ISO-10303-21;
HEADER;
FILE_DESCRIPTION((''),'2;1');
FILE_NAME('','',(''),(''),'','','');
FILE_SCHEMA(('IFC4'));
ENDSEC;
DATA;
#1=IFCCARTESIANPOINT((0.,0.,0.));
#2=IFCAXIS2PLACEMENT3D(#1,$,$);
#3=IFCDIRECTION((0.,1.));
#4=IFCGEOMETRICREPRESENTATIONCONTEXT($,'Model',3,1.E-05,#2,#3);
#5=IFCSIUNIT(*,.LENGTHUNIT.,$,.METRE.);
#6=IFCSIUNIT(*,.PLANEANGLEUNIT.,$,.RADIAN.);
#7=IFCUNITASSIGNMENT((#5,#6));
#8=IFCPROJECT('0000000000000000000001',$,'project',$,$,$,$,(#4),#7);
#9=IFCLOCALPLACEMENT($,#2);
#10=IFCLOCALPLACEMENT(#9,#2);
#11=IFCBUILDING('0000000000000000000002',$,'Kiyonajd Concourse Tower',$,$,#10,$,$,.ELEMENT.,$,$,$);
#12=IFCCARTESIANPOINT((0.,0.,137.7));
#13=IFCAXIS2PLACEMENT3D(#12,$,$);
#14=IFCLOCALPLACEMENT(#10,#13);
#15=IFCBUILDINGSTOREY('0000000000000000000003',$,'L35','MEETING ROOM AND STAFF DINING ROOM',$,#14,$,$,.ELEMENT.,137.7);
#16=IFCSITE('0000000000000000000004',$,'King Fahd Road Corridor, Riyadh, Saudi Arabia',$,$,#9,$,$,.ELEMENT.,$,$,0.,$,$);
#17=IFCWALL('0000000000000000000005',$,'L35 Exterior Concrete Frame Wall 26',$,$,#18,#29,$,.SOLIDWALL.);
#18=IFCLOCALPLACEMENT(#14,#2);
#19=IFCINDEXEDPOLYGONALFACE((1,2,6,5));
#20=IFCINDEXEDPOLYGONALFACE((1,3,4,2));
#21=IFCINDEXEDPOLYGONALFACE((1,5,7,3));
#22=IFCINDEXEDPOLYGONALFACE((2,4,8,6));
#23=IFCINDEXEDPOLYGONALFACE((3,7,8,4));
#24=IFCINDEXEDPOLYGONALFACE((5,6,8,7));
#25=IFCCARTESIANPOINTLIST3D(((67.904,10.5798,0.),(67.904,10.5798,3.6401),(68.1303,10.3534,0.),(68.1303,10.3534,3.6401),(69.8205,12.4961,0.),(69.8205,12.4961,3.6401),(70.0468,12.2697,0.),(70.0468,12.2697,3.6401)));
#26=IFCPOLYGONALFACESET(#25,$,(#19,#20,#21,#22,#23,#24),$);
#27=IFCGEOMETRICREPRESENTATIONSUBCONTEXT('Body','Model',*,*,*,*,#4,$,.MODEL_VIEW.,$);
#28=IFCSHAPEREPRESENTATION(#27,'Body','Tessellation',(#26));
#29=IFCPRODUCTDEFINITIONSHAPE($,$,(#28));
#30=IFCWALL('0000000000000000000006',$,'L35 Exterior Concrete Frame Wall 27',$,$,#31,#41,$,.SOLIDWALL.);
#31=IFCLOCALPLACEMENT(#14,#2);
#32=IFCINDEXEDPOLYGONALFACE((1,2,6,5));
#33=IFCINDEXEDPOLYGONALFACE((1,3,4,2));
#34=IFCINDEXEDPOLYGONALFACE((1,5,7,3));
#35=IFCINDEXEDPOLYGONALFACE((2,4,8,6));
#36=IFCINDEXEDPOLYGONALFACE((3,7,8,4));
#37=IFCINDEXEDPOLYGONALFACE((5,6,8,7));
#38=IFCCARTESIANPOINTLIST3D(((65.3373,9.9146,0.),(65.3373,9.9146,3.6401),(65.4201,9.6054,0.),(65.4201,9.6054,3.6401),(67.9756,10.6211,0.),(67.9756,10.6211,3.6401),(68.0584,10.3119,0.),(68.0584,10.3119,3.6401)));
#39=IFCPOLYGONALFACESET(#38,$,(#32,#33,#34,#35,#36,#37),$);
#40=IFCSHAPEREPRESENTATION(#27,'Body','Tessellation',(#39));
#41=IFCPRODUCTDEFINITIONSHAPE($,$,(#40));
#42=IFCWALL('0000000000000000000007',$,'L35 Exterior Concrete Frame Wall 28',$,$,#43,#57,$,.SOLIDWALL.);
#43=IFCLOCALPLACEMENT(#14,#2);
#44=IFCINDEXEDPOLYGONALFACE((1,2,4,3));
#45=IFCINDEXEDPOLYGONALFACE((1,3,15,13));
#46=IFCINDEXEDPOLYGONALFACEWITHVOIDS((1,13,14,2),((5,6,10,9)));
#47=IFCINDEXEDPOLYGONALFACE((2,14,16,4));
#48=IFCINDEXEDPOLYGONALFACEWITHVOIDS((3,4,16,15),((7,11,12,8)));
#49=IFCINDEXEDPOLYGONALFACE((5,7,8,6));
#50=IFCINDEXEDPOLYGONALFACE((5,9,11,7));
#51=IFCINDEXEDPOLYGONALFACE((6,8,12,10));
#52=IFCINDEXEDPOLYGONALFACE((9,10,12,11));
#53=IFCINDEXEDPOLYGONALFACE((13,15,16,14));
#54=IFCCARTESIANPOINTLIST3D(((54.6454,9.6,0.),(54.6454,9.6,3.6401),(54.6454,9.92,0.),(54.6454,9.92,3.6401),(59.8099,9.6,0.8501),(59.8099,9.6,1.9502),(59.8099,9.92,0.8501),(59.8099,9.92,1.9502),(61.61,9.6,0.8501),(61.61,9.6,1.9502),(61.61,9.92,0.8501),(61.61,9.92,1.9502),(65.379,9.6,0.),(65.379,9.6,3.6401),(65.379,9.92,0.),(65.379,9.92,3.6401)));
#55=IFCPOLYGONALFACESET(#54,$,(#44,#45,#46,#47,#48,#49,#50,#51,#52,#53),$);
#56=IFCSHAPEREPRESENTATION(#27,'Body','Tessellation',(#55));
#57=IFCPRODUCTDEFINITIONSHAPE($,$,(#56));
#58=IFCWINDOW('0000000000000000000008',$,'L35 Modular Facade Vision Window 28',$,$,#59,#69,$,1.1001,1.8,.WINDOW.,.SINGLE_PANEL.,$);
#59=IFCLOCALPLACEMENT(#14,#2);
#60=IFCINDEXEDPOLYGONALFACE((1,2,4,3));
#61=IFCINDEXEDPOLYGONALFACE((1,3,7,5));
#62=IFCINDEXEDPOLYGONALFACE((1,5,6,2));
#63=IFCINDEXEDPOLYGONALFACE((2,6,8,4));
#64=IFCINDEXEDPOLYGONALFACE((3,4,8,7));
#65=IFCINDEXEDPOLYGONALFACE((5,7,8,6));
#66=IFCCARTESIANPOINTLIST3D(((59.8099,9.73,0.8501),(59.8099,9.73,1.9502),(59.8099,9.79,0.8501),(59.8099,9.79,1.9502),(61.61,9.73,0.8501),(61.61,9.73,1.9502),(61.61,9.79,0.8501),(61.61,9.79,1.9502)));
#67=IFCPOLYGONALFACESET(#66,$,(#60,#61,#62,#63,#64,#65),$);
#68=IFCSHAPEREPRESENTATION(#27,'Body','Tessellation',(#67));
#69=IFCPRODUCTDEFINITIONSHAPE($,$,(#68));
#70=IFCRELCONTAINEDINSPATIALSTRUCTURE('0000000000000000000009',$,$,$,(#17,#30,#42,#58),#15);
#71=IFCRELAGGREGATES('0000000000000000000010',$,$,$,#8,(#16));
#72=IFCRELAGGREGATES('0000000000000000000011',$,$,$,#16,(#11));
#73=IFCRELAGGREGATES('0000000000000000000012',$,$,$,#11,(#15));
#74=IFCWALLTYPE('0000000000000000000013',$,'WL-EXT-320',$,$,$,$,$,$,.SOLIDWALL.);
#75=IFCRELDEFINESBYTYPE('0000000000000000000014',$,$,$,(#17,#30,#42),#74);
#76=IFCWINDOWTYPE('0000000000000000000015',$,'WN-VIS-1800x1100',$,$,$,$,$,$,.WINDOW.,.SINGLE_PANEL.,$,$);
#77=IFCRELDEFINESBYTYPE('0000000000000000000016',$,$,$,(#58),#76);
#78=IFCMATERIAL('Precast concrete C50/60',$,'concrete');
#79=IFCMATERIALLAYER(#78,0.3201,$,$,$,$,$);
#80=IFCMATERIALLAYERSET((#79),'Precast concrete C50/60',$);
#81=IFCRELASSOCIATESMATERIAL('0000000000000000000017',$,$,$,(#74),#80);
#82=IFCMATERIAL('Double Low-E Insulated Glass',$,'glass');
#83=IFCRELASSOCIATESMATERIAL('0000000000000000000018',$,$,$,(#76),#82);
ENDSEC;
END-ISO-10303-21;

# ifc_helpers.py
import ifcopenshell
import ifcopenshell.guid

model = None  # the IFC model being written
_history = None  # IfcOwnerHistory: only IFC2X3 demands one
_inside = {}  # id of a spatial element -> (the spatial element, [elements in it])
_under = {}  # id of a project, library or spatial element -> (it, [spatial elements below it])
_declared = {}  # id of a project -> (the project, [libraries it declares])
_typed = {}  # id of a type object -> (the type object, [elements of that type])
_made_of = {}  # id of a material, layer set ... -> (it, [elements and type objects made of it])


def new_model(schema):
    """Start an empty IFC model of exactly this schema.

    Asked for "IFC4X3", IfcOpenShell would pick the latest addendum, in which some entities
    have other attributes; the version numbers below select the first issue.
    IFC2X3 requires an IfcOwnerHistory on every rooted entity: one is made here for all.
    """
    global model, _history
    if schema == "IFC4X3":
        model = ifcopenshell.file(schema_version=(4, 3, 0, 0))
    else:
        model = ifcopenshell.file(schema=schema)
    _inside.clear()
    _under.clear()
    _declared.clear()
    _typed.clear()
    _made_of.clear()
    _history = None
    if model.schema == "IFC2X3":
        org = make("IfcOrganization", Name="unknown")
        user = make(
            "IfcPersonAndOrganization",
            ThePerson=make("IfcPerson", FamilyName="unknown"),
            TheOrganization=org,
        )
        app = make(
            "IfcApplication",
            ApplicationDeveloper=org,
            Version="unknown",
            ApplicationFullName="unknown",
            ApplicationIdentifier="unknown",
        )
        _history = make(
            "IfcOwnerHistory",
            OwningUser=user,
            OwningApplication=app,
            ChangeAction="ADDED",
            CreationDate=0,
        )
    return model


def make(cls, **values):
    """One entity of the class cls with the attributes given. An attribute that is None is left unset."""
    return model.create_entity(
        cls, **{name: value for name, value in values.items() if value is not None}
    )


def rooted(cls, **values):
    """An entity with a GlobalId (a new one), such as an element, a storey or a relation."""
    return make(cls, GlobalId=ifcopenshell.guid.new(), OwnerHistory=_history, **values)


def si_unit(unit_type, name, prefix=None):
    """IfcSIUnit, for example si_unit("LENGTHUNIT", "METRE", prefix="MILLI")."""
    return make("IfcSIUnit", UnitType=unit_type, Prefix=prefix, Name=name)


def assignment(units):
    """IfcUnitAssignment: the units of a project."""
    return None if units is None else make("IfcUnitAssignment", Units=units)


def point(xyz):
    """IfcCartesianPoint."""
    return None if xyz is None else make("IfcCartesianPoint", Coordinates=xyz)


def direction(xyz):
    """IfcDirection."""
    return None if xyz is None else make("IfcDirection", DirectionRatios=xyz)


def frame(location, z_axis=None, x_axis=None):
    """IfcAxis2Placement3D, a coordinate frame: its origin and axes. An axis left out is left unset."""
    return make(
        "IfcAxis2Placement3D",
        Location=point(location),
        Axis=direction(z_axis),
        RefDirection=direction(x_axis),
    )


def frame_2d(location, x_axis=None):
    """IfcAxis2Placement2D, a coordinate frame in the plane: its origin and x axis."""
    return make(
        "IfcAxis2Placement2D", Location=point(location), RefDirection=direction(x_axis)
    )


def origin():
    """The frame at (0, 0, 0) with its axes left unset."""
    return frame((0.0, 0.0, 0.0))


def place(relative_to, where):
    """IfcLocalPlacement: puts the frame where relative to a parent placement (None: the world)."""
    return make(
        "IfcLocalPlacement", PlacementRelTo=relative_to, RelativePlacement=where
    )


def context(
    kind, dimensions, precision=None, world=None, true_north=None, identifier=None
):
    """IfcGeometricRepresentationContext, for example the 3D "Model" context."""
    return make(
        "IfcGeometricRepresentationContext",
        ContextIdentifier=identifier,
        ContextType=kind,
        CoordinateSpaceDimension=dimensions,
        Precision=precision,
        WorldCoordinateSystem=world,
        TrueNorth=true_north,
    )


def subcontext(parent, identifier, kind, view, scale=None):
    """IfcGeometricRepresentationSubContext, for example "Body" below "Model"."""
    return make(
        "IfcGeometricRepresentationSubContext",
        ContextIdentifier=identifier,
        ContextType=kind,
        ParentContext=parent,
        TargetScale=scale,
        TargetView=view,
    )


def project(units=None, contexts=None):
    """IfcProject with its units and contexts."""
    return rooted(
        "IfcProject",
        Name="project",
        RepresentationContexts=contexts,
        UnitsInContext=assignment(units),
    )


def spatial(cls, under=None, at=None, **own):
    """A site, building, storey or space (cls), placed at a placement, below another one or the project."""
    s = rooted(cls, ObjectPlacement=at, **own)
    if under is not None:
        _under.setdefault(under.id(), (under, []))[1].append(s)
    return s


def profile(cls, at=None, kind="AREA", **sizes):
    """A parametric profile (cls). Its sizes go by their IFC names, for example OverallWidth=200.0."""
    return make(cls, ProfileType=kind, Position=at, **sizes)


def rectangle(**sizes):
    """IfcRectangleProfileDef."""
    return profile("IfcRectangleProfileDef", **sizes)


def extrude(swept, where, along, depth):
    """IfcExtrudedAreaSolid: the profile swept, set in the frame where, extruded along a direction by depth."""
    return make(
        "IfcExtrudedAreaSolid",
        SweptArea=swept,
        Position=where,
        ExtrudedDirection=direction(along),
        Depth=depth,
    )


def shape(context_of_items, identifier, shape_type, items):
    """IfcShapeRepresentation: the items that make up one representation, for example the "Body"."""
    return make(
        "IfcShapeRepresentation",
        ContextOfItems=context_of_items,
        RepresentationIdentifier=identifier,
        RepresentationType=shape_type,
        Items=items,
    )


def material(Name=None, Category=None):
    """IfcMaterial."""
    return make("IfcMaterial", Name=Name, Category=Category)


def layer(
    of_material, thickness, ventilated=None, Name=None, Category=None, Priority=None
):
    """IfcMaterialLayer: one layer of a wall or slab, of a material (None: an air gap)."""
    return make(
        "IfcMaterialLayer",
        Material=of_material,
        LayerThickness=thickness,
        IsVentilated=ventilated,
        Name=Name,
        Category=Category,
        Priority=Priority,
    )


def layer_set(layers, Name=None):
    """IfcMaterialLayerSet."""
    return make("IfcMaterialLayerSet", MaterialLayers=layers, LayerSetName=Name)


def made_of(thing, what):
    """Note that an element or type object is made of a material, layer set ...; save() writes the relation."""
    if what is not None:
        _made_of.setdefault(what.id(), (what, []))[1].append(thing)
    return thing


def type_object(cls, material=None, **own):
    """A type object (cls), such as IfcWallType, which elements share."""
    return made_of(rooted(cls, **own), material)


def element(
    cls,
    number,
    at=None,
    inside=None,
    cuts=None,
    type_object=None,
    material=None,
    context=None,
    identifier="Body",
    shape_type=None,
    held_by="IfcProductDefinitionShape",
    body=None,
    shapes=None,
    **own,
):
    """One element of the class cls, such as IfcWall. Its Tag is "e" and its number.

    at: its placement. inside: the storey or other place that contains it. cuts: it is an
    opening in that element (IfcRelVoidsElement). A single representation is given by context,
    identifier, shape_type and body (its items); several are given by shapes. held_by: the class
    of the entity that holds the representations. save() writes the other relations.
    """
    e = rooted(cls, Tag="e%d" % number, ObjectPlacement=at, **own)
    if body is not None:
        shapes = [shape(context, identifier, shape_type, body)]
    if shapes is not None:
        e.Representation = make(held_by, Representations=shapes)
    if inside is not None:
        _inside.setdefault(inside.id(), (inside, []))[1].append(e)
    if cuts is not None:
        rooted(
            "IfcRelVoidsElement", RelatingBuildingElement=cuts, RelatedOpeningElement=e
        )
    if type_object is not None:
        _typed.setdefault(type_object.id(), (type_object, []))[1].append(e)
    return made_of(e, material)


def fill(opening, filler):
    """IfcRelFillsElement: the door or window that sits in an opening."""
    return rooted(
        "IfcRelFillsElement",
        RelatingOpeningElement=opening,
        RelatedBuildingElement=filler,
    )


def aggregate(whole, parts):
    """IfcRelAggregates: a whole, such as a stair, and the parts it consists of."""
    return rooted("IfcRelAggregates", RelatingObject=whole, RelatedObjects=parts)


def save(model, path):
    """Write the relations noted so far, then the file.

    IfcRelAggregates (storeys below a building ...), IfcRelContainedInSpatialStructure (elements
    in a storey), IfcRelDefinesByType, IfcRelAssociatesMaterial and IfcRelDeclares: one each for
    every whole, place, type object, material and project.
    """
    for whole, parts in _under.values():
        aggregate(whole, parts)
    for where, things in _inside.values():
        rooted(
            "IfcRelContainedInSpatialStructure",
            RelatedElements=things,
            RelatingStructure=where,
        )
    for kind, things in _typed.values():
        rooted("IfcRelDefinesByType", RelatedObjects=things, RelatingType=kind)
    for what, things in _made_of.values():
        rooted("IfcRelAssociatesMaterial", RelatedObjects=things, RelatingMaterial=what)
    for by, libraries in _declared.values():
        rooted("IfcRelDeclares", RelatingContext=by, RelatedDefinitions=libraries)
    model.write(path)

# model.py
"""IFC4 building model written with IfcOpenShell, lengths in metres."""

from ifc_helpers import new_model, si_unit, direction, frame, frame_2d, origin, place, context, subcontext, project, spatial, rectangle, extrude, material, layer, layer_set, type_object, element, fill, save


model = new_model("IFC4")

# Units and contexts
model_context = context("Model", 3, precision=1e-05, world=origin(), true_north=direction((0.0, 1.0)))
body_context = subcontext(model_context, "Body", "Model", "MODEL_VIEW")
ifc_project = project(units=[si_unit("LENGTHUNIT", "METRE"), si_unit("PLANEANGLEUNIT", "RADIAN")], contexts=[model_context])

# Site, building, storey
site_placement = place(None, origin())
site = spatial("IfcSite", under=ifc_project, at=site_placement, Name="King Fahd Road Corridor, Riyadh, Saudi Arabia", CompositionType="ELEMENT", RefElevation=0.0)
building_placement = place(site_placement, origin())
building = spatial("IfcBuilding", under=site, at=building_placement, Name="Kiyonajd Concourse Tower", CompositionType="ELEMENT")
storey_placement = place(building_placement, frame((0.0, 0.0, 137.7)))
storey = spatial("IfcBuildingStorey", under=building, at=storey_placement, Name="L35", Description="MEETING ROOM AND STAFF DINING ROOM", CompositionType="ELEMENT", Elevation=137.7)

# Shared definitions
ifc_material_1 = material(Name="Precast concrete C50/60", Category="concrete")

# Shared definitions
ifc_material_2 = material(Name="Double Low-E Insulated Glass", Category="glass")

# Walls
ifc_layer_1 = layer(ifc_material_1, 0.3201)
ifc_layer_set_1 = layer_set([ifc_layer_1], Name="Precast concrete C50/60")
wall_type = type_object("IfcWallType", Name="WL-EXT-320", PredefinedType="SOLIDWALL", material=ifc_layer_set_1)
wall_1_placement = place(storey_placement, frame((69.9336, 12.3828, 0.0), z_axis=(0.0, 0.0, 1.0), x_axis=(-0.707152, -0.707062, 0.0)))
element("IfcWall", 1, at=wall_1_placement, inside=storey, type_object=wall_type, Name="L35 Exterior Concrete Frame Wall 26", PredefinedType="SOLIDWALL", context=body_context, shape_type="SweptSolid", body=[
    extrude(rectangle(XDim=2.7102, YDim=0.3201, at=frame_2d((1.355, 0.0))), origin(), (0.0, 0.0, 1.0), 3.6401),
])
wall_2_placement = place(storey_placement, frame((68.0171, 10.4666, 0.0), z_axis=(0.0, 0.0, 1.0), x_axis=(-0.965958, -0.258697, 0.0)))
element("IfcWall", 2, at=wall_2_placement, inside=storey, type_object=wall_type, Name="L35 Exterior Concrete Frame Wall 27", PredefinedType="SOLIDWALL", context=body_context, shape_type="SweptSolid", body=[
    extrude(rectangle(XDim=2.7312, YDim=0.3201, at=frame_2d((1.3657, 0.0))), origin(), (0.0, 0.0, 1.0), 3.6401),
])

# Wall, opening, window
wall_3_placement = place(storey_placement, frame((65.3789, 9.76, 0.0), z_axis=(0.0, 0.0, 1.0), x_axis=(-1.0, 0.0, 0.0)))
wall_3 = element("IfcWall", 3, at=wall_3_placement, inside=storey, type_object=wall_type, Name="L35 Exterior Concrete Frame Wall 28", PredefinedType="SOLIDWALL", context=body_context, shape_type="SweptSolid", body=[
    extrude(rectangle(XDim=10.7336, YDim=0.3201, at=frame_2d((5.3667, 0.0))), origin(), (0.0, 0.0, 1.0), 3.6401),
])
opening_placement = place(wall_3_placement, frame((3.769, 0.0, 0.8501)))
opening = element("IfcOpeningElement", 4, at=opening_placement, cuts=wall_3, PredefinedType="OPENING", context=body_context, shape_type="SweptSolid", body=[
    extrude(rectangle(XDim=1.8, YDim=1.1001, at=frame_2d((0.8999, 0.55))), frame((0.0, 0.1699, 0.0), z_axis=(0.0, -1.0, 0.0), x_axis=(1.0, 0.0, 0.0)), (0.0, 0.0, 1.0), 0.3401),
])
window_type = type_object("IfcWindowType", Name="WN-VIS-1800x1100", PartitioningType="SINGLE_PANEL", PredefinedType="WINDOW", material=ifc_material_2)
window_placement = place(opening_placement, origin())
window = element("IfcWindow", 5, at=window_placement, inside=storey, type_object=window_type, Name="L35 Modular Facade Vision Window 28", OverallHeight=1.1001, OverallWidth=1.8, PartitioningType="SINGLE_PANEL", PredefinedType="WINDOW", context=body_context, shape_type="SweptSolid", body=[
    extrude(rectangle(XDim=1.8, YDim=1.1001, at=frame_2d((0.8999, 0.55))), frame((0.0, 0.03, 0.0), z_axis=(0.0, -1.0, 0.0), x_axis=(1.0, 0.0, 0.0)), (0.0, 0.0, 1.0), 0.0601),
])
fill(opening, window)

save(model, "model.ifc")
